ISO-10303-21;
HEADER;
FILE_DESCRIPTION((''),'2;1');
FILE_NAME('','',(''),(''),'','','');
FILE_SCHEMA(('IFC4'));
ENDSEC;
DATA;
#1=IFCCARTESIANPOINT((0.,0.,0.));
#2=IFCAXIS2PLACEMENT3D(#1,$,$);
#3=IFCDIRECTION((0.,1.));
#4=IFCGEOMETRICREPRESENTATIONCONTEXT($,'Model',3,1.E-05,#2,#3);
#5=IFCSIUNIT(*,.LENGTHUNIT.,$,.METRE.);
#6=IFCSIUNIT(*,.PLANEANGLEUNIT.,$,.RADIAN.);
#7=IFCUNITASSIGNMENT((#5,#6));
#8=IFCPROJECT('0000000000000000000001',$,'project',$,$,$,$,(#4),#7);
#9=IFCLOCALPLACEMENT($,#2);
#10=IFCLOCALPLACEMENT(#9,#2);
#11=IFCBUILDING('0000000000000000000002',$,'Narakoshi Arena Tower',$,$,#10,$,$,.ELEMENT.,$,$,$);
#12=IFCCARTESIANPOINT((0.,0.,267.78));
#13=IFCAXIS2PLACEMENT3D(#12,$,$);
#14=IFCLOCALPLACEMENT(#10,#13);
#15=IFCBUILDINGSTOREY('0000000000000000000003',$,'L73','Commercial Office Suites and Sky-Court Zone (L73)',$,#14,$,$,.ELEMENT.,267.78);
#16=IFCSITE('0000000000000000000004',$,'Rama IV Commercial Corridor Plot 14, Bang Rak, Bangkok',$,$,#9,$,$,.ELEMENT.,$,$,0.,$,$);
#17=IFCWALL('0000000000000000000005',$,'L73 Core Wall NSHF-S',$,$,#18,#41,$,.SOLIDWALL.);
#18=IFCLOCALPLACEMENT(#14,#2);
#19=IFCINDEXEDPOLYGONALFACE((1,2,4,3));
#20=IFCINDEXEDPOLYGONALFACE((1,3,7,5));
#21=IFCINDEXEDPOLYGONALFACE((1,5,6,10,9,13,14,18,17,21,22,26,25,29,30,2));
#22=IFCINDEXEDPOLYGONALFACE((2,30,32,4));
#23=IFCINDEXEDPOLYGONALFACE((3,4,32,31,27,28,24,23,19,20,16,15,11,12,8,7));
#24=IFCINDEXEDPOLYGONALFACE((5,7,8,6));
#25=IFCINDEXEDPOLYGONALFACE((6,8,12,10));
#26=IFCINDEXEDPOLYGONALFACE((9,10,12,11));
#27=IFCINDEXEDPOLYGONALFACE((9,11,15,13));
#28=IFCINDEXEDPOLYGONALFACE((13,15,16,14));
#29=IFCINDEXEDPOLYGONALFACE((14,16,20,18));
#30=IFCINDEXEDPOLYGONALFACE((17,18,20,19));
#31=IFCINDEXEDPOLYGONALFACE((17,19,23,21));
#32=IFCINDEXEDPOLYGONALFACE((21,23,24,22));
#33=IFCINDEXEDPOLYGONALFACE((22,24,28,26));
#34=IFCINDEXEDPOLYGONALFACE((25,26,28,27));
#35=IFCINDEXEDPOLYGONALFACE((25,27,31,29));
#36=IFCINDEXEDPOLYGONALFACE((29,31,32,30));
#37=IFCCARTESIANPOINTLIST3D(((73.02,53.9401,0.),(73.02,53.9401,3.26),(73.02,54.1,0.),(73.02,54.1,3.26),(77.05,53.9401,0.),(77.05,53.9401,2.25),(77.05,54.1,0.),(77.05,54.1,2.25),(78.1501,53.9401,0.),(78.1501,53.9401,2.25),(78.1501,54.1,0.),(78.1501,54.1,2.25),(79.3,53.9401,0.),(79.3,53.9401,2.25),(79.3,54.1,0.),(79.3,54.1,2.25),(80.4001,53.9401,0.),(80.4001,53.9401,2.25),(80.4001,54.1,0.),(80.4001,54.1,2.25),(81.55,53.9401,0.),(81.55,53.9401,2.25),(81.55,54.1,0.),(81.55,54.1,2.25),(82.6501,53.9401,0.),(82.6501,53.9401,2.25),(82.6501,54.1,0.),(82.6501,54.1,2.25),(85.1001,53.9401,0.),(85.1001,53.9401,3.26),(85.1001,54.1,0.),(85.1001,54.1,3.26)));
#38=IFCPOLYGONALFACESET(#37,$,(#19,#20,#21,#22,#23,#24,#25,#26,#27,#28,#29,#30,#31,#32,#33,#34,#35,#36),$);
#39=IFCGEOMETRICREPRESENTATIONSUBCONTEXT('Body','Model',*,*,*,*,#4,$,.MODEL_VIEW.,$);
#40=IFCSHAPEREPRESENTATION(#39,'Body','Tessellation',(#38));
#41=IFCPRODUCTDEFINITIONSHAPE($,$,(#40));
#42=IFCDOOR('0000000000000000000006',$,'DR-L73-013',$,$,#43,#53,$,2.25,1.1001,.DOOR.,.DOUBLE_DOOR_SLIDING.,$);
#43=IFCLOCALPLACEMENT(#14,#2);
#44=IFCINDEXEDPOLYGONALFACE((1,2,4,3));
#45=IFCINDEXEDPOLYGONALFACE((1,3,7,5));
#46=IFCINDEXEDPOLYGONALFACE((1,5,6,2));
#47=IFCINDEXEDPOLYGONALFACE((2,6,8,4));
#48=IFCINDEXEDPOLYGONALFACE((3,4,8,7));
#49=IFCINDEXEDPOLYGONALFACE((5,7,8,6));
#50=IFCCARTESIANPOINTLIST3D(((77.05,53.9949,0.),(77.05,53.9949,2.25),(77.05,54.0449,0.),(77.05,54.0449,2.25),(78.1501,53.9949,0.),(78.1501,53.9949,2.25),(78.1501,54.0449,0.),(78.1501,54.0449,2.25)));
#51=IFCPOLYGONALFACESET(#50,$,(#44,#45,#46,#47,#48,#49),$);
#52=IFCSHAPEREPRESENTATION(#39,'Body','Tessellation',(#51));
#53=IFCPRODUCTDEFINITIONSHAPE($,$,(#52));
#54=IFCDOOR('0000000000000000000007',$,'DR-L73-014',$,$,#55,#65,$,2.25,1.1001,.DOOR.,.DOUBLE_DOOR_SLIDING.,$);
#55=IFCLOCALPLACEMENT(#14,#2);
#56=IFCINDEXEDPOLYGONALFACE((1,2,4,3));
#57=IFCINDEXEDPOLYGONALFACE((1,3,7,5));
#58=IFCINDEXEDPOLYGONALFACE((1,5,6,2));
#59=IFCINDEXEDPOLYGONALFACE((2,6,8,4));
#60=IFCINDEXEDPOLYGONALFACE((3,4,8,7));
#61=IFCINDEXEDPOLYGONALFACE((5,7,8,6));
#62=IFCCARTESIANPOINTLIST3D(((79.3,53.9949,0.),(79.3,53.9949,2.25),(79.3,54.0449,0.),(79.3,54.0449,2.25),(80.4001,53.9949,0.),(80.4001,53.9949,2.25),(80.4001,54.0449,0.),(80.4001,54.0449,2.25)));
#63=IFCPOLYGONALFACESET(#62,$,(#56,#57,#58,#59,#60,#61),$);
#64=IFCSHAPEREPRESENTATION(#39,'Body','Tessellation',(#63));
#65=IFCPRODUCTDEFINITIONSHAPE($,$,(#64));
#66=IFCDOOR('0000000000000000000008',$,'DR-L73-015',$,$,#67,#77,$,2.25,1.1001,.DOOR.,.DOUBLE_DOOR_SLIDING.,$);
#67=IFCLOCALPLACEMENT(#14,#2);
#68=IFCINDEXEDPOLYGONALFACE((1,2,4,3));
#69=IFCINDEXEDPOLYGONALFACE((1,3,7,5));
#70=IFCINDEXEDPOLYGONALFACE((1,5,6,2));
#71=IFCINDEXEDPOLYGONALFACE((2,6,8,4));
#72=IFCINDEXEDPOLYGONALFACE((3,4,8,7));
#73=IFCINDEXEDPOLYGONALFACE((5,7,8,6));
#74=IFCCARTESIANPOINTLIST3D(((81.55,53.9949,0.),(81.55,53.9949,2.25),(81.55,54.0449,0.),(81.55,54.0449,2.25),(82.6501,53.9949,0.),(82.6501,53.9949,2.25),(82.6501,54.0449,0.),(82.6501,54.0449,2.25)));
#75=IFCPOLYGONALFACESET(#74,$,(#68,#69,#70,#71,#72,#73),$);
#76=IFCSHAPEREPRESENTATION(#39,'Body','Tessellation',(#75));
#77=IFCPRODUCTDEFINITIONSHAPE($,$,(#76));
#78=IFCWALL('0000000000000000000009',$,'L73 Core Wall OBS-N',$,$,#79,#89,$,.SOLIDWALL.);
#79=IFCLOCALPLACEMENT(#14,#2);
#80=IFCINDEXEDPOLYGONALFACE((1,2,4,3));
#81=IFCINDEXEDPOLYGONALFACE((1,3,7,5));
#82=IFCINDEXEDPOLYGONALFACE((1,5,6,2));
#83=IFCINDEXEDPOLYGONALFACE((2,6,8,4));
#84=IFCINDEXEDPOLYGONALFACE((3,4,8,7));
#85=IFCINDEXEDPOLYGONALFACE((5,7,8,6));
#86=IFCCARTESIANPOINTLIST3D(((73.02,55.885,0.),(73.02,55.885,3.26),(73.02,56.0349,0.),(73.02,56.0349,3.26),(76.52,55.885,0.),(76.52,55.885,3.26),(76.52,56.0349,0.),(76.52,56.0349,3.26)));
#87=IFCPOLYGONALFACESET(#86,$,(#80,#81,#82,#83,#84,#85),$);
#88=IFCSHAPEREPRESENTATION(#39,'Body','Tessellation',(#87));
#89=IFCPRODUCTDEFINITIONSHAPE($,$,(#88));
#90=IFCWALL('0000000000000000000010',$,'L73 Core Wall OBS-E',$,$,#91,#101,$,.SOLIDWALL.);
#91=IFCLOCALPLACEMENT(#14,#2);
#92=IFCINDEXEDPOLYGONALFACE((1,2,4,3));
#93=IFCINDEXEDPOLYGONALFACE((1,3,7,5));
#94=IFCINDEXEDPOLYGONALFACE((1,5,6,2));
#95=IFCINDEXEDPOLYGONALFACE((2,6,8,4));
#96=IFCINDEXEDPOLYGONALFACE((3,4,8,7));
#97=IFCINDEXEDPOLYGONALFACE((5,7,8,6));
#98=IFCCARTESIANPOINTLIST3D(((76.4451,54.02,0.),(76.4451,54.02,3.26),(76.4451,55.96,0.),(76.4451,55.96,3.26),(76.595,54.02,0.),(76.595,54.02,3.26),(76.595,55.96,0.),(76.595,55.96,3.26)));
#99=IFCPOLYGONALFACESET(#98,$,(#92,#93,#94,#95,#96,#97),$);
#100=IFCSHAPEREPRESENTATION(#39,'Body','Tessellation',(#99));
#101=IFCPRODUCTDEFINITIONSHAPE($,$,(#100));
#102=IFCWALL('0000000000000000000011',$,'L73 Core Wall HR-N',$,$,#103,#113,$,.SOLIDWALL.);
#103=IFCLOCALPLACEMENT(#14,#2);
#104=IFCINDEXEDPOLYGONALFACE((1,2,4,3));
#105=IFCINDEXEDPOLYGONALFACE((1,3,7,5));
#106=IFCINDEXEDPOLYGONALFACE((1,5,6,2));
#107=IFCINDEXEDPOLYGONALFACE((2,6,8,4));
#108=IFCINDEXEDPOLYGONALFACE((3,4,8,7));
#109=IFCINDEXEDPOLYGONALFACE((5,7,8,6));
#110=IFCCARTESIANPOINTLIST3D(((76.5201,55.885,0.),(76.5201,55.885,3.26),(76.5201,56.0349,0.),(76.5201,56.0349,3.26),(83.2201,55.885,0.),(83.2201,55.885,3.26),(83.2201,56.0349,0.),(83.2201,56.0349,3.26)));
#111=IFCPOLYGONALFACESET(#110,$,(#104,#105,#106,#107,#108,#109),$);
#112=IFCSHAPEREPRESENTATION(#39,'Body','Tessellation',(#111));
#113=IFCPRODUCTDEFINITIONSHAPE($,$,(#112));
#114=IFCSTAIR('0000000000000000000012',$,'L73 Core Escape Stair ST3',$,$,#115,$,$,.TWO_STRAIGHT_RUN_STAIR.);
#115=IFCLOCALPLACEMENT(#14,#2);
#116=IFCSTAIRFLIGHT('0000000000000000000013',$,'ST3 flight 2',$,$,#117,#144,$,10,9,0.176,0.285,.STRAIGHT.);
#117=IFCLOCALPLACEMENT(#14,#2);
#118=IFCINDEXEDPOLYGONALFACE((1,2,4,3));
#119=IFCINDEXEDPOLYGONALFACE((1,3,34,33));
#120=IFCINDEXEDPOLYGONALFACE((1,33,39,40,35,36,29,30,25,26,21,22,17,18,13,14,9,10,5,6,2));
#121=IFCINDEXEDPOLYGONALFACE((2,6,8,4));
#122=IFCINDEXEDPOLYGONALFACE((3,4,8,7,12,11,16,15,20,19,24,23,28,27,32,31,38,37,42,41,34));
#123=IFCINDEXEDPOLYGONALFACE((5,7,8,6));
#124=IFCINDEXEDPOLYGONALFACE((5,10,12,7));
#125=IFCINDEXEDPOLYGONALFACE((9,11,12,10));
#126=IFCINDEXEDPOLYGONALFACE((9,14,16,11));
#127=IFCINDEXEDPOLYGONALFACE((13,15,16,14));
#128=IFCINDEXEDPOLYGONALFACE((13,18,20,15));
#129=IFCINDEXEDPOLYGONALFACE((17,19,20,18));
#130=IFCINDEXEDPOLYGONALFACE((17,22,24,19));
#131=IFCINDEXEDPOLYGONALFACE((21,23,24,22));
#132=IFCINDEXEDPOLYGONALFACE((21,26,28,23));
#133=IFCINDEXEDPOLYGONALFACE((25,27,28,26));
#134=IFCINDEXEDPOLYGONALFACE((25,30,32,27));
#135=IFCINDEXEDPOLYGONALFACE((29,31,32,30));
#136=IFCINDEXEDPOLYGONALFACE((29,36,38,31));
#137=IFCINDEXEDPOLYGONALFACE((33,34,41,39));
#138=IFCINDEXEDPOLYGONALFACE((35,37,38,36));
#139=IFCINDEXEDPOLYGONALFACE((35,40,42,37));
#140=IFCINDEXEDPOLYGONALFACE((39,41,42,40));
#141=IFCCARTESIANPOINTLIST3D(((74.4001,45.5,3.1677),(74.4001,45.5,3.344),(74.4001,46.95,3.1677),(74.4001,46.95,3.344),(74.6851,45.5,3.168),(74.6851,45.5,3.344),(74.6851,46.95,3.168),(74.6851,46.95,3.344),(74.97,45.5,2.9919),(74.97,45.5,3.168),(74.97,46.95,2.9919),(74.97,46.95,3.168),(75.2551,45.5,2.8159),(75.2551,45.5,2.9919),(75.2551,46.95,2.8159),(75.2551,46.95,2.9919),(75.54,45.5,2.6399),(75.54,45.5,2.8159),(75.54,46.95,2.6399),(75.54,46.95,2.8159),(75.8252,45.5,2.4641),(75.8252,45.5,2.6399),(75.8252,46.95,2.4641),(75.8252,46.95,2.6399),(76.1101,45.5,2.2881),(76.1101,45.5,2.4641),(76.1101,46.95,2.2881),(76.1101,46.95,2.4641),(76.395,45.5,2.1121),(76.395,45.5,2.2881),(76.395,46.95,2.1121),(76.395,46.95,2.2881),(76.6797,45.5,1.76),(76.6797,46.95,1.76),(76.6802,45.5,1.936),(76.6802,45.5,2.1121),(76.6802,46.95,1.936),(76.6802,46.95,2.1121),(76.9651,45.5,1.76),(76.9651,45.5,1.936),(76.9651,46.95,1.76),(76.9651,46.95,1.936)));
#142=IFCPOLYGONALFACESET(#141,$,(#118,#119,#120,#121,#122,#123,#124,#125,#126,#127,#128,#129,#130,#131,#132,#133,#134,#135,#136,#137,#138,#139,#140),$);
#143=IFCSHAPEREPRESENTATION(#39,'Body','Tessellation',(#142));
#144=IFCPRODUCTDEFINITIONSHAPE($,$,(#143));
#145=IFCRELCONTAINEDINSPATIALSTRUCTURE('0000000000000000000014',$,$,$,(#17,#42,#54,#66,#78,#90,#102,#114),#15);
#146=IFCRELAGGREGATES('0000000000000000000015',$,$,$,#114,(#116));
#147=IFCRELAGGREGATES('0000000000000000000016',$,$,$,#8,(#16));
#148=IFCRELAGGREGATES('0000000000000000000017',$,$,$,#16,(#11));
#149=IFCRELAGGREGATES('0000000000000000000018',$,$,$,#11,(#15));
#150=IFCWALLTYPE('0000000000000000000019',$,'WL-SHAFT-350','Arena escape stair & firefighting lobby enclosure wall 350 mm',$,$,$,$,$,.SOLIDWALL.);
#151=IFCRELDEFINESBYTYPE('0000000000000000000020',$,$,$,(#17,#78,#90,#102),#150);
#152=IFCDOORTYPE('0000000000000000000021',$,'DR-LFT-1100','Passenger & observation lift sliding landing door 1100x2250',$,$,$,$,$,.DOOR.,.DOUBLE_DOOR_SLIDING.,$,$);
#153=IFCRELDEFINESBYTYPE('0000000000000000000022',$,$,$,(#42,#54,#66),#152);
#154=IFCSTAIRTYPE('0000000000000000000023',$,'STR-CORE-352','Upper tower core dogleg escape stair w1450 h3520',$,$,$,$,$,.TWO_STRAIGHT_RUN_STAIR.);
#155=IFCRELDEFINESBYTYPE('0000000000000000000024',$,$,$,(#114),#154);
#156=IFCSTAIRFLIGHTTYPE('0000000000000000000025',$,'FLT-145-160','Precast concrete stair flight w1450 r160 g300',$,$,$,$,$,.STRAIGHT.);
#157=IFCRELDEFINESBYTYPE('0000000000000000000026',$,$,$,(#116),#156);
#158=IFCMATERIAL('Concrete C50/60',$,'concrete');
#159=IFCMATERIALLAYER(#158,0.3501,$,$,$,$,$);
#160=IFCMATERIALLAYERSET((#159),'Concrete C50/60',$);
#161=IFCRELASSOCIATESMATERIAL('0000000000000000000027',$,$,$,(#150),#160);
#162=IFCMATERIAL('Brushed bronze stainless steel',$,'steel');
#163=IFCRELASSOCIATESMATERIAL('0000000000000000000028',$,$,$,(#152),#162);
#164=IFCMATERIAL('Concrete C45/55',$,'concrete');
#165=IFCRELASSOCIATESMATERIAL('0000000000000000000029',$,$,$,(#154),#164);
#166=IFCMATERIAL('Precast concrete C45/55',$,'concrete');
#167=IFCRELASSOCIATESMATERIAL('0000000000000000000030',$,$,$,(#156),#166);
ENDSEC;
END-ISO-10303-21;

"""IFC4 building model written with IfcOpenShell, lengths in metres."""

from ifc_helpers import new_model, si_unit, direction, frame, frame_2d, origin, place, context, subcontext, project, spatial, polyline, rectangle, outline, extrude, material, layer, layer_set, type_object, element, fill, aggregate, save


model = new_model("IFC4")

# Units and contexts
model_context = context("Model", 3, precision=1e-05, world=origin(), true_north=direction((0.0, 1.0)))
body_context = subcontext(model_context, "Body", "Model", "MODEL_VIEW")
ifc_project = project(units=[si_unit("LENGTHUNIT", "METRE"), si_unit("PLANEANGLEUNIT", "RADIAN")], contexts=[model_context])

# Site, building, storey
site_placement = place(None, origin())
site = spatial("IfcSite", under=ifc_project, at=site_placement, Name="Rama IV Commercial Corridor Plot 14, Bang Rak, Bangkok", CompositionType="ELEMENT", RefElevation=0.0)
building_placement = place(site_placement, origin())
building = spatial("IfcBuilding", under=site, at=building_placement, Name="Narakoshi Arena Tower", CompositionType="ELEMENT")
storey_placement = place(building_placement, frame((0.0, 0.0, 267.78)))
storey = spatial("IfcBuildingStorey", under=building, at=storey_placement, Name="L73", Description="Commercial Office Suites and Sky-Court Zone (L73)", CompositionType="ELEMENT", Elevation=267.78)

# Shared definitions
ifc_material_1 = material(Name="Concrete C50/60", Category="concrete")
ifc_layer_1 = layer(ifc_material_1, 0.3501)
ifc_layer_set_1 = layer_set([ifc_layer_1], Name="Concrete C50/60")
wall_type_1 = type_object("IfcWallType", Name="WL-SHAFT-350", Description="Arena escape stair & firefighting lobby enclosure wall 350 mm", PredefinedType="SOLIDWALL", material=ifc_layer_set_1)

# Wall, openings, doors
wall_1_placement = place(storey_placement, frame((73.02, 54.02, 0.0), z_axis=(0.0, 0.0, 1.0), x_axis=(1.0, 0.0, 0.0)))
wall_1 = element("IfcWall", 1, at=wall_1_placement, inside=storey, type_object=wall_type_1, Name="L73 Core Wall NSHF-S", PredefinedType="SOLIDWALL", context=body_context, shape_type="SweptSolid", body=[
    extrude(rectangle(XDim=12.0801, YDim=0.1599, at=frame_2d((6.04, 0.0))), origin(), (0.0, 0.0, 1.0), 3.26),
])
opening_1_placement = place(wall_1_placement, frame((4.03, 0.0, 0.0)))
opening_1 = element("IfcOpeningElement", 2, at=opening_1_placement, cuts=wall_1, PredefinedType="OPENING", context=body_context, shape_type="SweptSolid", body=[
    extrude(rectangle(XDim=1.1001, YDim=2.25, at=frame_2d((0.55, 1.125))), frame((0.0, 0.0898, 0.0), z_axis=(0.0, -1.0, 0.0), x_axis=(1.0, 0.0, 0.0)), (0.0, 0.0, 1.0), 0.1799),
])
opening_2_placement = place(wall_1_placement, frame((6.28, 0.0, 0.0)))
opening_2 = element("IfcOpeningElement", 3, at=opening_2_placement, cuts=wall_1, PredefinedType="OPENING", context=body_context, shape_type="SweptSolid", body=[
    extrude(rectangle(XDim=1.1001, YDim=2.25, at=frame_2d((0.55, 1.125))), frame((0.0, 0.0898, 0.0), z_axis=(0.0, -1.0, 0.0), x_axis=(1.0, 0.0, 0.0)), (0.0, 0.0, 1.0), 0.1799),
])
opening_3_placement = place(wall_1_placement, frame((8.53, 0.0, 0.0)))
opening_3 = element("IfcOpeningElement", 4, at=opening_3_placement, cuts=wall_1, PredefinedType="OPENING", context=body_context, shape_type="SweptSolid", body=[
    extrude(rectangle(XDim=1.1001, YDim=2.25, at=frame_2d((0.55, 1.125))), frame((0.0, 0.0898, 0.0), z_axis=(0.0, -1.0, 0.0), x_axis=(1.0, 0.0, 0.0)), (0.0, 0.0, 1.0), 0.1799),
])
ifc_material_2 = material(Name="Brushed bronze stainless steel", Category="steel")
door_type_1 = type_object("IfcDoorType", Name="DR-LFT-1100", Description="Passenger & observation lift sliding landing door 1100x2250", OperationType="DOUBLE_DOOR_SLIDING", PredefinedType="DOOR", material=ifc_material_2)
door_1_placement = place(opening_1_placement, origin())
door_1 = element("IfcDoor", 5, at=door_1_placement, inside=storey, type_object=door_type_1, Name="DR-L73-013", OperationType="DOUBLE_DOOR_SLIDING", OverallHeight=2.25, OverallWidth=1.1001, PredefinedType="DOOR", context=body_context, shape_type="SweptSolid", body=[
    extrude(rectangle(XDim=1.1001, YDim=2.25, at=frame_2d((0.55, 1.125))), frame((0.0, 0.0249, 0.0), z_axis=(0.0, -1.0, 0.0), x_axis=(1.0, 0.0, 0.0)), (0.0, 0.0, 1.0), 0.05),
])
fill(opening_1, door_1)
door_2_placement = place(opening_2_placement, origin())
door_2 = element("IfcDoor", 6, at=door_2_placement, inside=storey, type_object=door_type_1, Name="DR-L73-014", OperationType="DOUBLE_DOOR_SLIDING", OverallHeight=2.25, OverallWidth=1.1001, PredefinedType="DOOR", context=body_context, shape_type="SweptSolid", body=[
    extrude(rectangle(XDim=1.1001, YDim=2.25, at=frame_2d((0.55, 1.125))), frame((0.0, 0.0249, 0.0), z_axis=(0.0, -1.0, 0.0), x_axis=(1.0, 0.0, 0.0)), (0.0, 0.0, 1.0), 0.05),
])
fill(opening_2, door_2)
door_3_placement = place(opening_3_placement, origin())
door_3 = element("IfcDoor", 7, at=door_3_placement, inside=storey, type_object=door_type_1, Name="DR-L73-015", OperationType="DOUBLE_DOOR_SLIDING", OverallHeight=2.25, OverallWidth=1.1001, PredefinedType="DOOR", context=body_context, shape_type="SweptSolid", body=[
    extrude(rectangle(XDim=1.1001, YDim=2.25, at=frame_2d((0.55, 1.125))), frame((0.0, 0.0249, 0.0), z_axis=(0.0, -1.0, 0.0), x_axis=(1.0, 0.0, 0.0)), (0.0, 0.0, 1.0), 0.05),
])
fill(opening_3, door_3)

# Walls
wall_2_placement = place(storey_placement, frame((73.02, 55.96, 0.0), z_axis=(0.0, 0.0, 1.0), x_axis=(1.0, 0.0, 0.0)))
element("IfcWall", 8, at=wall_2_placement, inside=storey, type_object=wall_type_1, Name="L73 Core Wall OBS-N", PredefinedType="SOLIDWALL", context=body_context, shape_type="SweptSolid", body=[
    extrude(rectangle(XDim=3.5, YDim=0.1499, at=frame_2d((1.75, 0.0))), origin(), (0.0, 0.0, 1.0), 3.26),
])
wall_3_placement = place(storey_placement, frame((76.52, 54.02, 0.0), z_axis=(0.0, 0.0, 1.0), x_axis=(0.0, 1.0, 0.0)))
element("IfcWall", 9, at=wall_3_placement, inside=storey, type_object=wall_type_1, Name="L73 Core Wall OBS-E", PredefinedType="SOLIDWALL", context=body_context, shape_type="SweptSolid", body=[
    extrude(rectangle(XDim=1.9399, YDim=0.1499, at=frame_2d((0.97, 0.0))), origin(), (0.0, 0.0, 1.0), 3.26),
])
wall_4_placement = place(storey_placement, frame((76.52, 55.96, 0.0), z_axis=(0.0, 0.0, 1.0), x_axis=(1.0, 0.0, 0.0)))
element("IfcWall", 10, at=wall_4_placement, inside=storey, type_object=wall_type_1, Name="L73 Core Wall HR-N", PredefinedType="SOLIDWALL", context=body_context, shape_type="SweptSolid", body=[
    extrude(rectangle(XDim=6.7, YDim=0.1499, at=frame_2d((3.3501, 0.0))), origin(), (0.0, 0.0, 1.0), 3.26),
])

# Stair, stair flight
ifc_material_3 = material(Name="Concrete C45/55", Category="concrete")
stair_type = type_object("IfcStairType", Name="STR-CORE-352", Description="Upper tower core dogleg escape stair w1450 h3520", PredefinedType="TWO_STRAIGHT_RUN_STAIR", material=ifc_material_3)
stair_placement = place(storey_placement, origin())
stair = element("IfcStair", 11, at=stair_placement, inside=storey, type_object=stair_type, Name="L73 Core Escape Stair ST3", PredefinedType="TWO_STRAIGHT_RUN_STAIR")
ifc_material_4 = material(Name="Precast concrete C45/55", Category="concrete")
stair_flight_type = type_object("IfcStairFlightType", Name="FLT-145-160", Description="Precast concrete stair flight w1450 r160 g300", PredefinedType="STRAIGHT", material=ifc_material_4)
stair_flight_placement = place(storey_placement, frame((76.9651, 46.2251, 1.76), z_axis=(0.0, 0.0, 1.0), x_axis=(-1.0, 0.0, 0.0)))
stair_flight = element("IfcStairFlight", 12, at=stair_flight_placement, type_object=stair_flight_type, Name="ST3 flight 2", NumberOfRisers=10, NumberOfTreads=9, PredefinedType="STRAIGHT", RiserHeight=0.176, TreadLength=0.285, context=body_context, shape_type="SweptSolid", body=[
    extrude(outline(polyline([(0.0, 0.0), (0.0, 0.176), (0.2849, 0.176), (0.2849, 0.3521), (0.5701, 0.3521), (0.5701, 0.5281), (0.855, 0.5281), (0.855, 0.7041), (1.1399, 0.7041), (1.1399, 0.8799), (1.425, 0.8799), (1.425, 1.0559), (1.71, 1.0559), (1.71, 1.2319), (1.9951, 1.2319), (1.9951, 1.408), (2.28, 1.408), (2.28, 1.584), (2.5649, 1.584), (2.5649, 1.76), (2.5649, 1.4077), (0.2854, 0.0), (0.0, 0.0)])), frame((0.0, 0.7251, 0.0), z_axis=(0.0, -1.0, 0.0), x_axis=(1.0, 0.0, 0.0)), (0.0, 0.0, 1.0), 1.45),
])
aggregate(stair, [stair_flight])

save(model, "model.ifc")
